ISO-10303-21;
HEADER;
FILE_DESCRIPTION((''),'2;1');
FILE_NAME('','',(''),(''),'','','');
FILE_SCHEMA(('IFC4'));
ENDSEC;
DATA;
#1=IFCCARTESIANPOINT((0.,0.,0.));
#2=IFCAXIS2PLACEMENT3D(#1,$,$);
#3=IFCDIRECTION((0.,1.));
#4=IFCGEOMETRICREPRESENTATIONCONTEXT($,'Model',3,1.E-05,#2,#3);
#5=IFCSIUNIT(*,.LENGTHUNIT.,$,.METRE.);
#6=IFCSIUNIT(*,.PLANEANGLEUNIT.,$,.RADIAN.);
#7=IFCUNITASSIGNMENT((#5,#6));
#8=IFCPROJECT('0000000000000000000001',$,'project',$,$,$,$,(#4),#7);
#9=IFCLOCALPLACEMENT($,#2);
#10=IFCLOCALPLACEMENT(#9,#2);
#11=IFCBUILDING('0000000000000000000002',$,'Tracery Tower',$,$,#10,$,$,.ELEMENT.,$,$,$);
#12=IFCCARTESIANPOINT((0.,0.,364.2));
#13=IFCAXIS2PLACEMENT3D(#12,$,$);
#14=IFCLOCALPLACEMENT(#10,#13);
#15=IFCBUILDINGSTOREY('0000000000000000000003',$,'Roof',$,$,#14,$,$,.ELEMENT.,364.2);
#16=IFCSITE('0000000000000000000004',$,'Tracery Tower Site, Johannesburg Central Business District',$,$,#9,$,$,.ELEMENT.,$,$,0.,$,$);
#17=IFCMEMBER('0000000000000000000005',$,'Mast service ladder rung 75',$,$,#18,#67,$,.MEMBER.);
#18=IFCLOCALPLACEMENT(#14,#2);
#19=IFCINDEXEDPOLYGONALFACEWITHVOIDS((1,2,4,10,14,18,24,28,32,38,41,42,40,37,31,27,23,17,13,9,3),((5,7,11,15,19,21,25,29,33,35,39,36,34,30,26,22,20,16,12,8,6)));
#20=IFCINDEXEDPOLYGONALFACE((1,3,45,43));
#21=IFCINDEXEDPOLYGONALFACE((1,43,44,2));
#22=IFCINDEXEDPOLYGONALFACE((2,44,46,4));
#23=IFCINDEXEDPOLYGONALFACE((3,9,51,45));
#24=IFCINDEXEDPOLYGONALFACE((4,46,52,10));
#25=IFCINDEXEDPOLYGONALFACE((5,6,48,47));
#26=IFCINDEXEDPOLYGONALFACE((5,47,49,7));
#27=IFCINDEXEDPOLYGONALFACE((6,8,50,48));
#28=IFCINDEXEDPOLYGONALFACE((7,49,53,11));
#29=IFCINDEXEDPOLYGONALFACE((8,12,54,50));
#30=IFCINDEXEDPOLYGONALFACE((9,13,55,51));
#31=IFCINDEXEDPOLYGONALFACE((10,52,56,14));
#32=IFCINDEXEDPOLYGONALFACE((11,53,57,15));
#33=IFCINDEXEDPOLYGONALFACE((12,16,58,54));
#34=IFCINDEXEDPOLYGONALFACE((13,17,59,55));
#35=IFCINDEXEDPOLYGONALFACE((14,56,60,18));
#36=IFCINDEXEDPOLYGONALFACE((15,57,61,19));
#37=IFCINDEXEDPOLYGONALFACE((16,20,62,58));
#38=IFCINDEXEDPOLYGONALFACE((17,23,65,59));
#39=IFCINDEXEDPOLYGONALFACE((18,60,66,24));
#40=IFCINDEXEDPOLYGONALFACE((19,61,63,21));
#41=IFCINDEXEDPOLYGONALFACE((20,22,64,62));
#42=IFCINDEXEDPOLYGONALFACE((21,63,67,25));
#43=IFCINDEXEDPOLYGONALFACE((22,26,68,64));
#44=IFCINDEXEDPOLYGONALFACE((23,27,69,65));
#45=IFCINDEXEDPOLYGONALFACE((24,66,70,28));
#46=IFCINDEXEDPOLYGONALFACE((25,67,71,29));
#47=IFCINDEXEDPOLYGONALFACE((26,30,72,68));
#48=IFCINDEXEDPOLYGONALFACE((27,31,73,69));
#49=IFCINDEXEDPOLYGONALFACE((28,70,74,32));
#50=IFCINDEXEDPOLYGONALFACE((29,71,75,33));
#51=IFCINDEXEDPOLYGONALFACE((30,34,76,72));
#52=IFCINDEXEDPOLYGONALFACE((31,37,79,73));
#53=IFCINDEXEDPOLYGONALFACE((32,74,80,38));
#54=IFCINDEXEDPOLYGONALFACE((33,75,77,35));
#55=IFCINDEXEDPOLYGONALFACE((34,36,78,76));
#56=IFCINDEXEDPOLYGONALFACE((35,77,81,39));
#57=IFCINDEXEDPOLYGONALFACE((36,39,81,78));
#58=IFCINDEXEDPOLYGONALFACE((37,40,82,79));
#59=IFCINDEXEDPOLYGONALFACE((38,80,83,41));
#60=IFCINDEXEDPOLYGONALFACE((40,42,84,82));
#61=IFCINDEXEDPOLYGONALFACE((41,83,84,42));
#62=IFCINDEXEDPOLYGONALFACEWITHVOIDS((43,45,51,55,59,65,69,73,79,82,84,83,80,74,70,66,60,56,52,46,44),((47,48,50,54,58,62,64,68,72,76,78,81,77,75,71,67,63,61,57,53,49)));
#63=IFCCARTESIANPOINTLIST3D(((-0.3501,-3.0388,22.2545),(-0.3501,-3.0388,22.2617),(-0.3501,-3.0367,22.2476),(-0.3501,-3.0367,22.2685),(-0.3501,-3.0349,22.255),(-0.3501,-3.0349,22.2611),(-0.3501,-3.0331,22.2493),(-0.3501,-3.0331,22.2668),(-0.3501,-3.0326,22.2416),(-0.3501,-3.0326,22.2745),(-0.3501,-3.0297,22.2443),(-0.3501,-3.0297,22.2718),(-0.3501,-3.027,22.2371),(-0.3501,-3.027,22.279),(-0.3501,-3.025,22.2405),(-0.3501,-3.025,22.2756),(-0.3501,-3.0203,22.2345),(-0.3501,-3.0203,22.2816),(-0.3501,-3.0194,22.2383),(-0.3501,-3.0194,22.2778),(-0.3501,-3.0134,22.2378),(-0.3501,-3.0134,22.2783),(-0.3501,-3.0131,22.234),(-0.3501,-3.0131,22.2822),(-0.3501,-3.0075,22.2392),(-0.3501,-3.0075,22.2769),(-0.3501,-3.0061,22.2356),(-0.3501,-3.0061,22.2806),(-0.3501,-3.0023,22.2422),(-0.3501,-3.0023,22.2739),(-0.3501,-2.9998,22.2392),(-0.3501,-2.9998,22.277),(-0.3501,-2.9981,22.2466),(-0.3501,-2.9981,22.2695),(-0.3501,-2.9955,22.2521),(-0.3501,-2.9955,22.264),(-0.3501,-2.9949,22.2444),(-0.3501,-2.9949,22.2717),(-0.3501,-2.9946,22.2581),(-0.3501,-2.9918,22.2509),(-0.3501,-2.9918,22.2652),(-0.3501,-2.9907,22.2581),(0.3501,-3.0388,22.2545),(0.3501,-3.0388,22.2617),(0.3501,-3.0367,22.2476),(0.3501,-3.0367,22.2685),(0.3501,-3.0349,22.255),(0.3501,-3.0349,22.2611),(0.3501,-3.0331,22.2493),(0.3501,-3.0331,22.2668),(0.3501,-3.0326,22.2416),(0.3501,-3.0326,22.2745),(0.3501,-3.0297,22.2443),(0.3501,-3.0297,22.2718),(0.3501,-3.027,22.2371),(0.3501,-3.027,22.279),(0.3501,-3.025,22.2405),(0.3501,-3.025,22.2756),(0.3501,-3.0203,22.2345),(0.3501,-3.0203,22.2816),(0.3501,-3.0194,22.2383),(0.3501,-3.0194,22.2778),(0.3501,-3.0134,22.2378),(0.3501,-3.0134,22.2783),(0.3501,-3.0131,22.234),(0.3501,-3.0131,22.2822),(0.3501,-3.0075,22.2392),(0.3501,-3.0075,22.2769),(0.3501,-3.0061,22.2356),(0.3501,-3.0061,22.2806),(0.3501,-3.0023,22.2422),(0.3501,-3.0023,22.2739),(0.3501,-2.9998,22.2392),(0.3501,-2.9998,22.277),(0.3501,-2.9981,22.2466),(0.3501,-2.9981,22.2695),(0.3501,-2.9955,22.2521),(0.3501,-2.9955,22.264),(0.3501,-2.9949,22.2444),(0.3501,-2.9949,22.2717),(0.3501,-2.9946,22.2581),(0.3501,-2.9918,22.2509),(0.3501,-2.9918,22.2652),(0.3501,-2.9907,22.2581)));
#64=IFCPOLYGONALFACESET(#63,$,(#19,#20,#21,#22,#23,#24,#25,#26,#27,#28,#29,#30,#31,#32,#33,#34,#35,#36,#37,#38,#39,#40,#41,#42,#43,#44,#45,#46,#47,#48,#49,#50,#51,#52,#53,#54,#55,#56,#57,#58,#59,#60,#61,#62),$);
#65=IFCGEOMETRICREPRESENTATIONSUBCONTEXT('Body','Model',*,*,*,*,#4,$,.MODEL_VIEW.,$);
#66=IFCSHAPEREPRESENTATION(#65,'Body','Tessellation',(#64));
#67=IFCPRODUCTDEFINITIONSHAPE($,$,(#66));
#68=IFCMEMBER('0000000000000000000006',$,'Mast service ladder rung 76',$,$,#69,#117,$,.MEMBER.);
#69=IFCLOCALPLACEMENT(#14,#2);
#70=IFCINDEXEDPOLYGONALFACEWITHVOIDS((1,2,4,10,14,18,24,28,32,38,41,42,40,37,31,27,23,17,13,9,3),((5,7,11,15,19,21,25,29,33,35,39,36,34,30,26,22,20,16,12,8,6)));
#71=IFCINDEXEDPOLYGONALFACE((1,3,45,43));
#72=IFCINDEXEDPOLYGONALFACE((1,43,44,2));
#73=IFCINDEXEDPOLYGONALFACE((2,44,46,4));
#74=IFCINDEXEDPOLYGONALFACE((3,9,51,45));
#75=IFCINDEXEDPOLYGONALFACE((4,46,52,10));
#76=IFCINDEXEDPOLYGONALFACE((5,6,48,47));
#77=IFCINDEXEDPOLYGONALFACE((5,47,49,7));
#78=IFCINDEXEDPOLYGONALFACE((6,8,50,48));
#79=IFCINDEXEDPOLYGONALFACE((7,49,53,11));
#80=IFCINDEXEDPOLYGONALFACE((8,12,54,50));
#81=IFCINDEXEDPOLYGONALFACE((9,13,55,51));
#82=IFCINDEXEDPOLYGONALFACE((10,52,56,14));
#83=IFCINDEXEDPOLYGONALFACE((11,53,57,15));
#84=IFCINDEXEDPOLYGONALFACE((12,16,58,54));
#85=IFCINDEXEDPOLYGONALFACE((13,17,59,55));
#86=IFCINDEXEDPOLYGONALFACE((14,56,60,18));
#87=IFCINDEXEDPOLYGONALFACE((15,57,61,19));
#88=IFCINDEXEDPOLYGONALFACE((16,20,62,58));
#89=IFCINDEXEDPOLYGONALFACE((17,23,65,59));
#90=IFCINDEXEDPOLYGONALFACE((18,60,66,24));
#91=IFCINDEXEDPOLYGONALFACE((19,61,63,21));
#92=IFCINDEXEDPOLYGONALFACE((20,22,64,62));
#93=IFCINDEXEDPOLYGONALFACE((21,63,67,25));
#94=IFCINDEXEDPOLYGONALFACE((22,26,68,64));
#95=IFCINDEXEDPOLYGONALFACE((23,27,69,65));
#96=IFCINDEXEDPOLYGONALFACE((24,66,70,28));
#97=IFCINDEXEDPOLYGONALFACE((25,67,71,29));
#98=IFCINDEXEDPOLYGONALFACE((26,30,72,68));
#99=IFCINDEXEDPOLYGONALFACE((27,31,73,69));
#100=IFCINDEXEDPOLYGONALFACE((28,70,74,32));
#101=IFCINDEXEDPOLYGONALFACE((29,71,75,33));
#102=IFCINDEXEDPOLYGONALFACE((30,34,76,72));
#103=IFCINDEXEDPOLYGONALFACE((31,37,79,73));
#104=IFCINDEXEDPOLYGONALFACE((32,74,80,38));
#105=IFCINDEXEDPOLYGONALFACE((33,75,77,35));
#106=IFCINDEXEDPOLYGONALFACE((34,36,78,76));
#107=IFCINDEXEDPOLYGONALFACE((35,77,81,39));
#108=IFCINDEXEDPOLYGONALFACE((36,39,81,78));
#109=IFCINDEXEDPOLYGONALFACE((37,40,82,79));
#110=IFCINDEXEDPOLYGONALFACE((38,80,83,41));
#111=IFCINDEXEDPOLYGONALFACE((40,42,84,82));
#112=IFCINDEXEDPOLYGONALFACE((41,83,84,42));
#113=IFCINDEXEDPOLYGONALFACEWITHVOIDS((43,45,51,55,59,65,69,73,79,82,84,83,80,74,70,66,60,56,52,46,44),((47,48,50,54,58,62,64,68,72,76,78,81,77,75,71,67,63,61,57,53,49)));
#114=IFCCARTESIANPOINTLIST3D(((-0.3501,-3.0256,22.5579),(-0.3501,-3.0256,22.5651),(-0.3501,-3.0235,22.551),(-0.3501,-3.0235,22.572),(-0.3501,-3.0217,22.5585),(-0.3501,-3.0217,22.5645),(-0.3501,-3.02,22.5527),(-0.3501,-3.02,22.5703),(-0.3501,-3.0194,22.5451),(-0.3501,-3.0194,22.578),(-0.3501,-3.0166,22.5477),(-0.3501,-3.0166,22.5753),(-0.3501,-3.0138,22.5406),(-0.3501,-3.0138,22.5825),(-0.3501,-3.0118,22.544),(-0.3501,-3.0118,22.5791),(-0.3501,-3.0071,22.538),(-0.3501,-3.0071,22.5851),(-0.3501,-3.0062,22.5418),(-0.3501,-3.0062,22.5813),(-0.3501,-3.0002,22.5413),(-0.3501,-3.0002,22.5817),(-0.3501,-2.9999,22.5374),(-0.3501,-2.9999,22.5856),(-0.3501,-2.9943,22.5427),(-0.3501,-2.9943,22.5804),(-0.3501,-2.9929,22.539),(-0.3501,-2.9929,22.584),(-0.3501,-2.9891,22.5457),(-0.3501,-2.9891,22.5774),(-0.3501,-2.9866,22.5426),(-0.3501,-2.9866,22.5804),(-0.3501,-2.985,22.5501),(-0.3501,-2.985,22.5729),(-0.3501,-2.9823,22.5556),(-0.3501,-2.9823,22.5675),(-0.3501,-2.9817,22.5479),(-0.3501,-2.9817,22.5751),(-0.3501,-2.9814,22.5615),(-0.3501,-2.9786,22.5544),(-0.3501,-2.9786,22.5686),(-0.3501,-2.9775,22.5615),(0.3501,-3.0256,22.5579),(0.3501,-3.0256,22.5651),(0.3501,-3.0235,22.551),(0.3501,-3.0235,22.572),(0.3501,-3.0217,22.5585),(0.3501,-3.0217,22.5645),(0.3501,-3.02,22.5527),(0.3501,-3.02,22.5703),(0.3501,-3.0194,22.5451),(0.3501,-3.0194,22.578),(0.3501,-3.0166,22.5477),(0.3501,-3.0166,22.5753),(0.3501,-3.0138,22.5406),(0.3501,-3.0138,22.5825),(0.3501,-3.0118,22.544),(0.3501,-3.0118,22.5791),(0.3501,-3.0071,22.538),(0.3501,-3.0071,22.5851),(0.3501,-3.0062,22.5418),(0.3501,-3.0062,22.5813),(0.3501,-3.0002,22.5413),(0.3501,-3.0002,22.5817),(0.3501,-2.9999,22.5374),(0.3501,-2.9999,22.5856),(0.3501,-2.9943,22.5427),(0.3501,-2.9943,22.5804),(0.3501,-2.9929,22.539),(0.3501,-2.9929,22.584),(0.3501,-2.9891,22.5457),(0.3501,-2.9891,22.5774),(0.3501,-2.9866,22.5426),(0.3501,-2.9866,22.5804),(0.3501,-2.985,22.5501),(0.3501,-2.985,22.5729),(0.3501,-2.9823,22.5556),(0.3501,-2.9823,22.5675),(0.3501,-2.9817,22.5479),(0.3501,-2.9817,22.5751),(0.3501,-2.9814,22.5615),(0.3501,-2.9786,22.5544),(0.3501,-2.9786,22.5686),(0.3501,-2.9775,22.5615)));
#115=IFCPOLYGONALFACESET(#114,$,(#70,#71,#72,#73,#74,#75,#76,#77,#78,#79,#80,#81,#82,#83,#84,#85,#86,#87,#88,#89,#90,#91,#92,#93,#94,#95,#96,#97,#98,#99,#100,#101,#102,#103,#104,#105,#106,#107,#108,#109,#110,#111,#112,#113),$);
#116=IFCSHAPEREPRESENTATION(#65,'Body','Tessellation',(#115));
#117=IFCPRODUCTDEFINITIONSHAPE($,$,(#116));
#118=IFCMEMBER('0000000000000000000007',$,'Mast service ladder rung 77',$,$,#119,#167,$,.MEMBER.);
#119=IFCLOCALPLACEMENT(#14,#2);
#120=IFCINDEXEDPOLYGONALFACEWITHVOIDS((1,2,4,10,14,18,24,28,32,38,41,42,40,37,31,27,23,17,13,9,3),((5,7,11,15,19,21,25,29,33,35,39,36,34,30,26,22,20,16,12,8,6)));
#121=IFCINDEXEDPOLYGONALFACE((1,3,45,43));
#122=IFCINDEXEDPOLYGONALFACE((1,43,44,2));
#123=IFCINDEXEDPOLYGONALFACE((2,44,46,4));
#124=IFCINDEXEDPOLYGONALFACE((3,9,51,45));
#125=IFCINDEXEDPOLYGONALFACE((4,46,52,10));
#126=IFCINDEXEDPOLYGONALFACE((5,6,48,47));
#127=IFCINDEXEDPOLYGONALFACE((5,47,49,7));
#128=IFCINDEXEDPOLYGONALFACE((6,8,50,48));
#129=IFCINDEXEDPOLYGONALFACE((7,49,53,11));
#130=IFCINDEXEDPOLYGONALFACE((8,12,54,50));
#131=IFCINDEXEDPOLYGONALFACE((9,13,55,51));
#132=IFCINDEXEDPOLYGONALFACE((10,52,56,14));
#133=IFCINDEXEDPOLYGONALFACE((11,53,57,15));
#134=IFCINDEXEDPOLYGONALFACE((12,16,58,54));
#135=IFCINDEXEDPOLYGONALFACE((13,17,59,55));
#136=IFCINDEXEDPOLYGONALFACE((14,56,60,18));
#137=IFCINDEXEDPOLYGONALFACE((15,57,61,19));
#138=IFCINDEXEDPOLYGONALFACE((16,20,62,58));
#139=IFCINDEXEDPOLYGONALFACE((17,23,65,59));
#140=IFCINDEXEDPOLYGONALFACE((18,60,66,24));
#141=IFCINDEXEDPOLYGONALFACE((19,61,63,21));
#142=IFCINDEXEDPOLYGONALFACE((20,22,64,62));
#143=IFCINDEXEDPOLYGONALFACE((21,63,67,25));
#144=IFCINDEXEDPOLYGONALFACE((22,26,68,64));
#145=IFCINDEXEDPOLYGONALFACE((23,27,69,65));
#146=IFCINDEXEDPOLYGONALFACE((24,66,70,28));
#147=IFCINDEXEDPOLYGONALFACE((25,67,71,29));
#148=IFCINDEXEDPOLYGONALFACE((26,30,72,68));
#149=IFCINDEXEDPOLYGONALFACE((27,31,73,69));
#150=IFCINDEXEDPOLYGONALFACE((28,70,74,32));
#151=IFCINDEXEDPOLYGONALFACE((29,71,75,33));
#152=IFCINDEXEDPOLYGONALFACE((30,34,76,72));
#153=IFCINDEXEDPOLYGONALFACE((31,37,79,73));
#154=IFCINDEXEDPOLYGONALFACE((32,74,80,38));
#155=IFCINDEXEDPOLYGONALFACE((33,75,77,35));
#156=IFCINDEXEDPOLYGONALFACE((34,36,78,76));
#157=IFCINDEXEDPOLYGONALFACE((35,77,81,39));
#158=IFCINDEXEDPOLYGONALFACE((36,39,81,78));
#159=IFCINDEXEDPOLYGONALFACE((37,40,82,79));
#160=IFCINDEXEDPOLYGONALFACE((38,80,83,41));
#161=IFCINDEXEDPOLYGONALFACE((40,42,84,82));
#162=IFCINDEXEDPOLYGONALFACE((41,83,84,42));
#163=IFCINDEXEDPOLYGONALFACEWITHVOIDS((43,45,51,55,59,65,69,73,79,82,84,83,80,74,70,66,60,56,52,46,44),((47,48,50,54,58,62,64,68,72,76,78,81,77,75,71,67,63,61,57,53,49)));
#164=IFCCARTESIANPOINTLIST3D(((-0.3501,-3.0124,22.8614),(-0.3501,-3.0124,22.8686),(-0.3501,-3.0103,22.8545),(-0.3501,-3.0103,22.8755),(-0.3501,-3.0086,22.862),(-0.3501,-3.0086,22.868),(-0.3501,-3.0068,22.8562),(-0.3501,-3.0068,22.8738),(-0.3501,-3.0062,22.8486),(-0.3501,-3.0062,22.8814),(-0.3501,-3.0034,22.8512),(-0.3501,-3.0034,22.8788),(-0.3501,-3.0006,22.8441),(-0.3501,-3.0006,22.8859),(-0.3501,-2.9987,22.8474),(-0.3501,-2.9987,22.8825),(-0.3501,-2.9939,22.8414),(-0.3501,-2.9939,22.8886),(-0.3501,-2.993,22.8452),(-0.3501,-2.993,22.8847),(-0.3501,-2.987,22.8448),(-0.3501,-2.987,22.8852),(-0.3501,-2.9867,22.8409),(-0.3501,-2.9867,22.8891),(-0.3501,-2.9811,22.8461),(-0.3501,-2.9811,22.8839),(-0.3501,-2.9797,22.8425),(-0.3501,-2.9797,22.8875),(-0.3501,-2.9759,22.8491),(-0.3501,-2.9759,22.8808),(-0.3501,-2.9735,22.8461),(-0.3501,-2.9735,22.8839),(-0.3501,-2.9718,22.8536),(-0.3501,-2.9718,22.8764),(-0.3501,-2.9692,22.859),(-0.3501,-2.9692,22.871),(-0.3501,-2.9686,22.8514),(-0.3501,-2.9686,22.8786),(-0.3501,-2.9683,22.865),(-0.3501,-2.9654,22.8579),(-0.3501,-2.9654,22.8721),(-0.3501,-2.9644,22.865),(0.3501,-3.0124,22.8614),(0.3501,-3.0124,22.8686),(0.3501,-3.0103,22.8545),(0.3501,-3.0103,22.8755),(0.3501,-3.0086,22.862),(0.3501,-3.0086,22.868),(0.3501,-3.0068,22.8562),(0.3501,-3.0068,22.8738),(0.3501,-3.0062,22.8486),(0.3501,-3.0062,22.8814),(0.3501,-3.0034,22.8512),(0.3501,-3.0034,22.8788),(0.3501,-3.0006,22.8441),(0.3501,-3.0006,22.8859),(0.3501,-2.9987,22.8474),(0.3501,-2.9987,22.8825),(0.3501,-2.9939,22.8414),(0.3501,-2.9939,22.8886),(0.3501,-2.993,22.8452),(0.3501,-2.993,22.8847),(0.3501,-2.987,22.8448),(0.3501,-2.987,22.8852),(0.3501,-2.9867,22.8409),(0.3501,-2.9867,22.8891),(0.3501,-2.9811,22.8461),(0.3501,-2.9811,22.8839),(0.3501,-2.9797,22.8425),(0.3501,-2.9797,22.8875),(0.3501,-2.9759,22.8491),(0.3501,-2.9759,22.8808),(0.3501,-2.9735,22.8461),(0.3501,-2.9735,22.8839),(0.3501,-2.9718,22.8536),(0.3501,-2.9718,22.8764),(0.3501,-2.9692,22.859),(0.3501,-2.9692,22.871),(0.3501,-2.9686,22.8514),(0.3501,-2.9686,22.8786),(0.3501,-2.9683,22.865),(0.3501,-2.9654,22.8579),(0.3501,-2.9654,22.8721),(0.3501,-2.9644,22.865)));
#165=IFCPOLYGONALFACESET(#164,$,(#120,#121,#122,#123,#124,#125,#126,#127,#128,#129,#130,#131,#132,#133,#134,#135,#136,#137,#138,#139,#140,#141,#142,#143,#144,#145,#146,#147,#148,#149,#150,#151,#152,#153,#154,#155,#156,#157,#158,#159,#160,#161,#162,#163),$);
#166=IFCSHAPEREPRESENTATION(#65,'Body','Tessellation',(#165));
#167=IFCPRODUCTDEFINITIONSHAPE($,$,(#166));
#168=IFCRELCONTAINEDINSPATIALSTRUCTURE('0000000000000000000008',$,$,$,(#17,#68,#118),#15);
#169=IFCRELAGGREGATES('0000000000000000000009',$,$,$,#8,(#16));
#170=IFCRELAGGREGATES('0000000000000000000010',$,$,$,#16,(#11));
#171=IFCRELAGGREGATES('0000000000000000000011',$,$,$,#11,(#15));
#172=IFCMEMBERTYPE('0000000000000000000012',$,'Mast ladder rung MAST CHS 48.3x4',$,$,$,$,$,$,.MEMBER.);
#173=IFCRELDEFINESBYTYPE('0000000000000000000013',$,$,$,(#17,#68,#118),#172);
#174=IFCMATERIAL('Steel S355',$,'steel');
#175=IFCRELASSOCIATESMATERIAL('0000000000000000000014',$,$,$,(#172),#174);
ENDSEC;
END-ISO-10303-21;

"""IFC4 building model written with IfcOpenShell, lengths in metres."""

from ifc_helpers import new_model, si_unit, direction, frame, origin, origin_2d, place, context, subcontext, project, spatial, hollow_circle, extrude, material, material_profile, profile_set, type_object, element, save


model = new_model("IFC4")

# Units and contexts
model_context = context("Model", 3, precision=1e-05, world=origin(), true_north=direction((0.0, 1.0)))
body_context = subcontext(model_context, "Body", "Model", "MODEL_VIEW")
ifc_project = project(units=[si_unit("LENGTHUNIT", "METRE"), si_unit("PLANEANGLEUNIT", "RADIAN")], contexts=[model_context])

# Site, building, storey
site_placement = place(None, origin())
site = spatial("IfcSite", under=ifc_project, at=site_placement, Name="Tracery Tower Site, Johannesburg Central Business District", CompositionType="ELEMENT", RefElevation=0.0)
building_placement = place(site_placement, origin())
building = spatial("IfcBuilding", under=site, at=building_placement, Name="Tracery Tower", CompositionType="ELEMENT")
storey_placement = place(building_placement, frame((0.0, 0.0, 364.2)))
storey = spatial("IfcBuildingStorey", under=building, at=storey_placement, Name="Roof", CompositionType="ELEMENT", Elevation=364.2)

# Members
ifc_material_1 = material(Name="Steel S355", Category="steel")
ifc_material_profile_1 = material_profile(ifc_material_1, hollow_circle(Radius=0.0242, WallThickness=0.0039, at=origin_2d()), Name="CHS 48.3x4")
ifc_profile_set_1 = profile_set([ifc_material_profile_1], Name="Steel S355")
member_type_1 = type_object("IfcMemberType", Name="Mast ladder rung MAST CHS 48.3x4", PredefinedType="MEMBER", material=ifc_profile_set_1)
for number, where, z_axis, x_axis, name in (
    (1, (-0.3501, -3.0149, 22.2581), (1.0, 0.0, 0.0), (0.0, 1.0, 0.0), "Mast service ladder rung 75"),
    (2, (-0.3501, -3.0017, 22.5615), (1.0, 0.0, 0.0), (0.0, 1.0, 0.0), "Mast service ladder rung 76"),
    (3, (-0.3501, -2.9885, 22.865), (1.0, 0.0, 0.0), (0.0, 1.0, 0.0), "Mast service ladder rung 77"),
):
    element("IfcMember", number, at=place(storey_placement, frame(where, z_axis=z_axis, x_axis=x_axis)), inside=storey, type_object=member_type_1, Name=name, PredefinedType="MEMBER", context=body_context, shape_type="SweptSolid", body=[
        extrude(hollow_circle(Radius=0.0242, WallThickness=0.0039, at=origin_2d()), origin(), (0.0, 0.0, 1.0), 0.7002),
    ])

save(model, "model.ifc")
